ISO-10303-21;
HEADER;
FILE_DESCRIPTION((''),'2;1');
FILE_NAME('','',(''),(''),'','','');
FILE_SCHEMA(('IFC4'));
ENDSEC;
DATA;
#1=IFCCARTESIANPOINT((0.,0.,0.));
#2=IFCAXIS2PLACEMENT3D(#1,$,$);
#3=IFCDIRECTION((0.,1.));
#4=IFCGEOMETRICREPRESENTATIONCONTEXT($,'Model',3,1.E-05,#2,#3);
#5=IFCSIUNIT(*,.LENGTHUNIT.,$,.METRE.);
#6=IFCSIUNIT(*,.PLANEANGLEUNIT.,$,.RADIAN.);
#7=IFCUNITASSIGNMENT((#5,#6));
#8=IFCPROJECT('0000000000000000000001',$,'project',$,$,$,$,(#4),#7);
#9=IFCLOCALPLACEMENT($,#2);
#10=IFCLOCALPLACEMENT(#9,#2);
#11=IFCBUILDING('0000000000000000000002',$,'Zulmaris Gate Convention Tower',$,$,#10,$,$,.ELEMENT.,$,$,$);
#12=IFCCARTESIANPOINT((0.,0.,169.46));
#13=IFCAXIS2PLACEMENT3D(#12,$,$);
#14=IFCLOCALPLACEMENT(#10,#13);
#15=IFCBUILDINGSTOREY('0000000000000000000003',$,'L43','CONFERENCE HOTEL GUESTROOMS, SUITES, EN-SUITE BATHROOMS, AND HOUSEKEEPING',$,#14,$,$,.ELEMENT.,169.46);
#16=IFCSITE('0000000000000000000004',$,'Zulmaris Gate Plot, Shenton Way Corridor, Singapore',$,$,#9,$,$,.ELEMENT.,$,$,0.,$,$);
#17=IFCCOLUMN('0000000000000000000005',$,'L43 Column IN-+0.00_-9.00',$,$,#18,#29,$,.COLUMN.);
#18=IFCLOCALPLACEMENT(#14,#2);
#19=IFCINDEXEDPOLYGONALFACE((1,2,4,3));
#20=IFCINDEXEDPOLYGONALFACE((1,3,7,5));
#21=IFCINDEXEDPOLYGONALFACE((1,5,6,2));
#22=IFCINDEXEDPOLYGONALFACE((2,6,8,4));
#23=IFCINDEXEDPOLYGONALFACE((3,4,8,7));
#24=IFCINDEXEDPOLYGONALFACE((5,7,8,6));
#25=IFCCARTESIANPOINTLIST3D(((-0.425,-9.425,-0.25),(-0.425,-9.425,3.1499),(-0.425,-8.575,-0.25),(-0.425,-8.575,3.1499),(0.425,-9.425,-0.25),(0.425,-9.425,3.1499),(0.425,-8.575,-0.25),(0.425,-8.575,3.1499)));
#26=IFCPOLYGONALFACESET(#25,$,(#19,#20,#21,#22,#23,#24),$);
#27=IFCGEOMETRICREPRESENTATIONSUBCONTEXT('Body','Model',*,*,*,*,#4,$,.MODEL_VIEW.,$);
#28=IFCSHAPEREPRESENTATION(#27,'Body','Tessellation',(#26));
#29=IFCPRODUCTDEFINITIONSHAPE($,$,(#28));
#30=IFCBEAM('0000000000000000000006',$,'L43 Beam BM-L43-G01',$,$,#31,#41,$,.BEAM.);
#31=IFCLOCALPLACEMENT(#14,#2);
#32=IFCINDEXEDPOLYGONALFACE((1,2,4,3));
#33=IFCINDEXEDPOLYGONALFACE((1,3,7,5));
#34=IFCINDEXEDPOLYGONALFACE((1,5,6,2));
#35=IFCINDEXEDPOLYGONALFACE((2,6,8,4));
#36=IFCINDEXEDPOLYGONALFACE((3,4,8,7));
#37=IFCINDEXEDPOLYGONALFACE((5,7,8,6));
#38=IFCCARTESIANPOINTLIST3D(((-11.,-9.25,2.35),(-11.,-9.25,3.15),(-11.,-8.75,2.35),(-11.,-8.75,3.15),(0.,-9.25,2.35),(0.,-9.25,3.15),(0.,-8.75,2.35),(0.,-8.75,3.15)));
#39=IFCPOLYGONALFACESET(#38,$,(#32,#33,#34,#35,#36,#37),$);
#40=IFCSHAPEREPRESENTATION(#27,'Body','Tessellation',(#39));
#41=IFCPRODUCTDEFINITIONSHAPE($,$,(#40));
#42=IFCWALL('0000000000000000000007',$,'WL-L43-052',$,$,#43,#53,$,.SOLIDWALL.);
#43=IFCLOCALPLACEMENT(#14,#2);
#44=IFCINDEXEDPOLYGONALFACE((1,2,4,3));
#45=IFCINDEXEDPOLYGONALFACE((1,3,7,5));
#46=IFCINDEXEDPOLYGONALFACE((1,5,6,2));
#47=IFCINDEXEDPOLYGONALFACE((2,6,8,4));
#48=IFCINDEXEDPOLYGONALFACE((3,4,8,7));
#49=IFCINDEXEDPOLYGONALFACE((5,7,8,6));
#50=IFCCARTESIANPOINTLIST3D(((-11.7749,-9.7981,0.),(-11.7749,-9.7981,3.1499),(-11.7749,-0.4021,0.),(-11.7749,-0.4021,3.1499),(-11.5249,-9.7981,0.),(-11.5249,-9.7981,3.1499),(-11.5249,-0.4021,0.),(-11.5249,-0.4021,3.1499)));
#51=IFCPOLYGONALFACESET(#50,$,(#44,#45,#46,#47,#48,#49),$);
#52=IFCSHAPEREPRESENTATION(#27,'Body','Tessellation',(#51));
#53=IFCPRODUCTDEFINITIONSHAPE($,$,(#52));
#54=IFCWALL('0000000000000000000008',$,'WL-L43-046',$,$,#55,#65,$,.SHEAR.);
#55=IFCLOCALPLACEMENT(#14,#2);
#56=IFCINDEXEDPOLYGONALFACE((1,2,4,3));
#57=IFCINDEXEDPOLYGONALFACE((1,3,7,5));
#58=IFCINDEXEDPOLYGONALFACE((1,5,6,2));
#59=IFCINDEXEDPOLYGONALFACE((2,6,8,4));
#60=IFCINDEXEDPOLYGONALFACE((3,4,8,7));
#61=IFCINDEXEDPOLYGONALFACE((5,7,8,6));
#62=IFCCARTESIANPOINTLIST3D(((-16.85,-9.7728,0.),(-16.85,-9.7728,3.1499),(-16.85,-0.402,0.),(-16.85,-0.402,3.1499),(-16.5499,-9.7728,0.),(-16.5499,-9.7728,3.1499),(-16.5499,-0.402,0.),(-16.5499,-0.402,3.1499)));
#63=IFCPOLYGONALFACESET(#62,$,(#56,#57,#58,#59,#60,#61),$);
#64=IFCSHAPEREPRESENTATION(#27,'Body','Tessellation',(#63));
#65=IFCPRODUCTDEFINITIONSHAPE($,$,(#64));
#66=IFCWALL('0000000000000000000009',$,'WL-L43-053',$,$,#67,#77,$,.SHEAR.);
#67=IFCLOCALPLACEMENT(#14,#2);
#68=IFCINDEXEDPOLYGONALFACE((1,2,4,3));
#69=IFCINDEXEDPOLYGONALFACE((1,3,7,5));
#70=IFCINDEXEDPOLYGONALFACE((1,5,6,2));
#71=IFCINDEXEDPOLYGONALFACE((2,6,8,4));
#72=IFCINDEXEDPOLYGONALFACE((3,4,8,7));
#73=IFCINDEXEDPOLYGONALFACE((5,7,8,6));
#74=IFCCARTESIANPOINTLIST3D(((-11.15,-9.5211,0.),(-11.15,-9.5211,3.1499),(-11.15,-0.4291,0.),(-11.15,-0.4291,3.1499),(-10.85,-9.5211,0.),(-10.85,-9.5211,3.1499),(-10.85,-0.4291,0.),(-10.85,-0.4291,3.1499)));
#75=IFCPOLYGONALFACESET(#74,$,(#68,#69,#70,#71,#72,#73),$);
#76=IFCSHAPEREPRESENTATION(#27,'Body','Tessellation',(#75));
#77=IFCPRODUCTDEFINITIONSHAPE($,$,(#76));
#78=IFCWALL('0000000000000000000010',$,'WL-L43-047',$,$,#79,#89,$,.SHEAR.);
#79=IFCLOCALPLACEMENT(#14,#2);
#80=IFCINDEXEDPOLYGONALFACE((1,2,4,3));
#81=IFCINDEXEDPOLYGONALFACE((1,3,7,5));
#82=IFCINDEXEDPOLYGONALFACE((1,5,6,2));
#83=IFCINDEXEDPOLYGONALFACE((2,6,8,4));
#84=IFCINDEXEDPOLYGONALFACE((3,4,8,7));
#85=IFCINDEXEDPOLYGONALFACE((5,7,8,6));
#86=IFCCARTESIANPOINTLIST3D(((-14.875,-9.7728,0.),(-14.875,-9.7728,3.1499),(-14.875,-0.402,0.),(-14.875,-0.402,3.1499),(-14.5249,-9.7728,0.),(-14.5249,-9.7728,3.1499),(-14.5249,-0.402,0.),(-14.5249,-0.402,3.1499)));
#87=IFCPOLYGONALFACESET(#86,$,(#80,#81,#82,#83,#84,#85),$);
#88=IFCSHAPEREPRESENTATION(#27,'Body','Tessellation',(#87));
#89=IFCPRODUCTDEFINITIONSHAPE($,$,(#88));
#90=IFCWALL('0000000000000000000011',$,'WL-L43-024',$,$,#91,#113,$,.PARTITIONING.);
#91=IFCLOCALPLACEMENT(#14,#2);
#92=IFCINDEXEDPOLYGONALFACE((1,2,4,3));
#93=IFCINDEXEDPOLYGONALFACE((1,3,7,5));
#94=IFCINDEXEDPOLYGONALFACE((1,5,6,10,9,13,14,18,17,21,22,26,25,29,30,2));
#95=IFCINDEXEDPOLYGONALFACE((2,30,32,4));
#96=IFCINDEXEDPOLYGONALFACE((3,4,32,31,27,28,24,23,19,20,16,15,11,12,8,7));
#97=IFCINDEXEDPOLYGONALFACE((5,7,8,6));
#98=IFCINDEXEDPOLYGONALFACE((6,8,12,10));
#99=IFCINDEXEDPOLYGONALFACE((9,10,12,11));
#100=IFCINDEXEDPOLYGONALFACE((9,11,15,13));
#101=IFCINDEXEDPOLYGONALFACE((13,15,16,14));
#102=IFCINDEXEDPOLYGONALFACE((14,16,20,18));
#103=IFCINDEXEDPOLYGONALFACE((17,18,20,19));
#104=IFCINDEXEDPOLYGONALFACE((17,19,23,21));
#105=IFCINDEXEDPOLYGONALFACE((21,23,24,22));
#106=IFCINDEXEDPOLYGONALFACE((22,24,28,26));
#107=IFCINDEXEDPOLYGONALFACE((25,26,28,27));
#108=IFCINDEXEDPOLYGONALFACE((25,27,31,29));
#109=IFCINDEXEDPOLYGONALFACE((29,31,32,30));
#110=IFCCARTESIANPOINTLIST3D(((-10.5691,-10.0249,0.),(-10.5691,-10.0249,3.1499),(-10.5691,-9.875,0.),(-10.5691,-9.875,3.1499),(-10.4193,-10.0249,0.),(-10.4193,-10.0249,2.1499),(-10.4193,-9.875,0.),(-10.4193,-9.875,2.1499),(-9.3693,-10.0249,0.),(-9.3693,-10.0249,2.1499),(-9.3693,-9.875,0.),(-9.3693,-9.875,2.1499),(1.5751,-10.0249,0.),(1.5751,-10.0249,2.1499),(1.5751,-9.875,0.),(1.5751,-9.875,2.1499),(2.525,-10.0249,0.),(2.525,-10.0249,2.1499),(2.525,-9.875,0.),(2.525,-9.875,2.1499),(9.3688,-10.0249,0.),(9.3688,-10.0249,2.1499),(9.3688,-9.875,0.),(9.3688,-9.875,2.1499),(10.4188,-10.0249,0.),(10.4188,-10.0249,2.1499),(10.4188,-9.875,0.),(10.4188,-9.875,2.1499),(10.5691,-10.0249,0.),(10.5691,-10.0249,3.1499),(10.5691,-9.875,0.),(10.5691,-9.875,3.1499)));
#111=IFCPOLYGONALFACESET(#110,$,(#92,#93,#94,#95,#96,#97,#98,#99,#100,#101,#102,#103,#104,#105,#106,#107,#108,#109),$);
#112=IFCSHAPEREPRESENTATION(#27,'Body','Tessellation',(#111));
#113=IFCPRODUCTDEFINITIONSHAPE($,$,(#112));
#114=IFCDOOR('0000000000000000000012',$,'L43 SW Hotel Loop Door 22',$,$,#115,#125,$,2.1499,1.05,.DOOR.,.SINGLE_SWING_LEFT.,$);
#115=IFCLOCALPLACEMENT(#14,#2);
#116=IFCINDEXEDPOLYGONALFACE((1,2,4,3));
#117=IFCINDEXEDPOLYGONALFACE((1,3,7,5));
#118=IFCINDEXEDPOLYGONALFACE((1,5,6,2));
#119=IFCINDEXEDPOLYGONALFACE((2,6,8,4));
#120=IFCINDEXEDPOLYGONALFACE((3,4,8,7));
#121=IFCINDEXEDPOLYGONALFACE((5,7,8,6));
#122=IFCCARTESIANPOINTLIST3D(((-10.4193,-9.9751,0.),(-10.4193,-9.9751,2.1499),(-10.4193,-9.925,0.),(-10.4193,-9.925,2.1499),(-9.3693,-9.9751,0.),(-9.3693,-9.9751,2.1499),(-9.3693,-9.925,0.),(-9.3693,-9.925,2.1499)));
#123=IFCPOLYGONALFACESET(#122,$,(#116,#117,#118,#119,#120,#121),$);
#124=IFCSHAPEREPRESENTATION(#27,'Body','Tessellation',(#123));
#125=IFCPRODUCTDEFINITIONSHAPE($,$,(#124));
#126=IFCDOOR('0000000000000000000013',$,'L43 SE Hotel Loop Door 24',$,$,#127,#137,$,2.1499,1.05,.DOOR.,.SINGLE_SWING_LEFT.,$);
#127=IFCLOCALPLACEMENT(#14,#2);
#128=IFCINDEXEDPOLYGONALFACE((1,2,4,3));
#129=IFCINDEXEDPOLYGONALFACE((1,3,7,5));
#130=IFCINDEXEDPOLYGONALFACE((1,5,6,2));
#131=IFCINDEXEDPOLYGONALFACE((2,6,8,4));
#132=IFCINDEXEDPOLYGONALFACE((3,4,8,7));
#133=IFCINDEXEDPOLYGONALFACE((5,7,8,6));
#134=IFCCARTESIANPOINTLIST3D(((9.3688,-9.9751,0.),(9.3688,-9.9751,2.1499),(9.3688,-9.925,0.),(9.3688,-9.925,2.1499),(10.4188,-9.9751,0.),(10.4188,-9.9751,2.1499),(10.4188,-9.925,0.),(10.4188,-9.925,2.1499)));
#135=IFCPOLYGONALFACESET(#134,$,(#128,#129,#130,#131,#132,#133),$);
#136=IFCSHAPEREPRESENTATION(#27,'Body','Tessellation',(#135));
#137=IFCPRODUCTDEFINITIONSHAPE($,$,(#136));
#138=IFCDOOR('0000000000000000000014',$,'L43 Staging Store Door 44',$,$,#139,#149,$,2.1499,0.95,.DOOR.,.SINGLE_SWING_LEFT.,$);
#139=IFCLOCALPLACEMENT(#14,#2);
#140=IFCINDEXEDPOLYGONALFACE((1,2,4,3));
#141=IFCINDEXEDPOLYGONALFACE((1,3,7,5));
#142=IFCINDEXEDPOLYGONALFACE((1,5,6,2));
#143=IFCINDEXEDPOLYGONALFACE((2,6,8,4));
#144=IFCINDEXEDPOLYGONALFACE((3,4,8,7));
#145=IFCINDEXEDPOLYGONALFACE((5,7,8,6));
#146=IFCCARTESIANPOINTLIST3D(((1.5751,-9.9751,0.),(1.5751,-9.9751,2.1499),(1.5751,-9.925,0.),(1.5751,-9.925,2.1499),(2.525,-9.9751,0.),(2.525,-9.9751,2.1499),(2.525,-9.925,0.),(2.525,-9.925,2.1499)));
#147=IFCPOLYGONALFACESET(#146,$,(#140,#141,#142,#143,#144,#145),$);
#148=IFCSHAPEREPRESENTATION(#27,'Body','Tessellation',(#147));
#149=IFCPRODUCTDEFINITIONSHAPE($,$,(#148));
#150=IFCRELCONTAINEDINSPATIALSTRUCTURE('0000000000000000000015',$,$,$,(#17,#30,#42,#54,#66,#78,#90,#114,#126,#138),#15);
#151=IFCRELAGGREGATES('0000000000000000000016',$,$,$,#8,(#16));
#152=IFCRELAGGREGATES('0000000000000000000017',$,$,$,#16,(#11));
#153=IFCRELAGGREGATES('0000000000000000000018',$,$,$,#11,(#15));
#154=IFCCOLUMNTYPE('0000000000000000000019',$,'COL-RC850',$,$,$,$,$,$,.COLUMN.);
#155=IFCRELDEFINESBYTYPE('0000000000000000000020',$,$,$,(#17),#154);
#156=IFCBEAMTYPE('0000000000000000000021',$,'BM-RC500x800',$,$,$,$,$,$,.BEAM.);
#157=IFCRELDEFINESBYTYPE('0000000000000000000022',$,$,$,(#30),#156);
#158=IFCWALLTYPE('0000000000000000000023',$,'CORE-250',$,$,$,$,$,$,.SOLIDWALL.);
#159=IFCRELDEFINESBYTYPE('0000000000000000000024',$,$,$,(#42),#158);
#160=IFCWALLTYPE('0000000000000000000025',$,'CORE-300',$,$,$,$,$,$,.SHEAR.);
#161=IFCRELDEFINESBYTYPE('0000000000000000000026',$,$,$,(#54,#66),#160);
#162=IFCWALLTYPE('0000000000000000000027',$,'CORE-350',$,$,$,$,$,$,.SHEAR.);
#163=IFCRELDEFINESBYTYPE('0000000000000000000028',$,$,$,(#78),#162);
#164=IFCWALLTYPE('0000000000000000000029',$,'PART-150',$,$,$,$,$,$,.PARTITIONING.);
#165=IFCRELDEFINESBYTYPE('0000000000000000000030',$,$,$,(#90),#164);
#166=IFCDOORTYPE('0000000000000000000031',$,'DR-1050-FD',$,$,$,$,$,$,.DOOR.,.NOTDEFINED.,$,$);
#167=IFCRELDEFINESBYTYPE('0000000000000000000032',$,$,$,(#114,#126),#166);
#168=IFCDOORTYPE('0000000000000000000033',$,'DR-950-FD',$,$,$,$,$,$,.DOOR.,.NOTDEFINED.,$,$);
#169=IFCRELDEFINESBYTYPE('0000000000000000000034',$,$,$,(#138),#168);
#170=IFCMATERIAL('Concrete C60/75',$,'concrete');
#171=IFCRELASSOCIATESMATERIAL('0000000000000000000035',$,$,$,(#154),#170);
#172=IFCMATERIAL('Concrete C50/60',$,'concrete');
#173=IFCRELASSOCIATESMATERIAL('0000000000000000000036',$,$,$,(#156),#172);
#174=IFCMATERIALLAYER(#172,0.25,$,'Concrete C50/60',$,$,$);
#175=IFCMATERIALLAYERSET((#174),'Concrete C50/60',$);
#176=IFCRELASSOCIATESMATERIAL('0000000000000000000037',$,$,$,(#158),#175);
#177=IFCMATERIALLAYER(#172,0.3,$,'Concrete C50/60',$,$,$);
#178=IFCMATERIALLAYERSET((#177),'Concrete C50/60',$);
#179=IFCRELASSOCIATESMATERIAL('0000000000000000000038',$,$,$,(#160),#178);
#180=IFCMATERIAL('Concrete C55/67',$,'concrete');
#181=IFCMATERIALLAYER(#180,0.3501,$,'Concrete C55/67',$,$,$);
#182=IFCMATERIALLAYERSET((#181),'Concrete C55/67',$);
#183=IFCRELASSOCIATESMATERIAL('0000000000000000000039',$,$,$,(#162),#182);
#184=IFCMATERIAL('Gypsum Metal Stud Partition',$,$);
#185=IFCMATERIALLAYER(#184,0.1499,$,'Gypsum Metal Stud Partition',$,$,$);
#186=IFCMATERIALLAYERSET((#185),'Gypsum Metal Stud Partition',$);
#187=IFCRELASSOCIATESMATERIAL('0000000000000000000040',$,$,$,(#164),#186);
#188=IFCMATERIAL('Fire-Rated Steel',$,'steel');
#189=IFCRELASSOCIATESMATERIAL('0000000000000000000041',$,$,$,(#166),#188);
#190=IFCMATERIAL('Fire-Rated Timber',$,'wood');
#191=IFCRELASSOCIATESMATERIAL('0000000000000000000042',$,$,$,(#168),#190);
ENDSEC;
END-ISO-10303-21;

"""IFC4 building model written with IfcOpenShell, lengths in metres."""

from ifc_helpers import new_model, si_unit, direction, frame, frame_2d, origin, origin_2d, place, context, subcontext, project, spatial, rectangle, extrude, material, layer, layer_set, material_profile, profile_set, type_object, element, fill, save


model = new_model("IFC4")

# Units and contexts
model_context = context("Model", 3, precision=1e-05, world=origin(), true_north=direction((0.0, 1.0)))
body_context = subcontext(model_context, "Body", "Model", "MODEL_VIEW")
ifc_project = project(units=[si_unit("LENGTHUNIT", "METRE"), si_unit("PLANEANGLEUNIT", "RADIAN")], contexts=[model_context])

# Site, building, storey
site_placement = place(None, origin())
site = spatial("IfcSite", under=ifc_project, at=site_placement, Name="Zulmaris Gate Plot, Shenton Way Corridor, Singapore", CompositionType="ELEMENT", RefElevation=0.0)
building_placement = place(site_placement, origin())
building = spatial("IfcBuilding", under=site, at=building_placement, Name="Zulmaris Gate Convention Tower", CompositionType="ELEMENT")
storey_placement = place(building_placement, frame((0.0, 0.0, 169.46)))
storey = spatial("IfcBuildingStorey", under=building, at=storey_placement, Name="L43", Description="CONFERENCE HOTEL GUESTROOMS, SUITES, EN-SUITE BATHROOMS, AND HOUSEKEEPING", CompositionType="ELEMENT", Elevation=169.46)

# Column
ifc_material_1 = material(Name="Concrete C60/75", Category="concrete")
ifc_material_profile_1 = material_profile(ifc_material_1, rectangle(XDim=0.8501, YDim=0.8501, at=origin_2d()), Name="RC COL 850x850")
ifc_profile_set_1 = profile_set([ifc_material_profile_1], Name="Concrete C60/75")
column_type = type_object("IfcColumnType", Name="COL-RC850", PredefinedType="COLUMN", material=ifc_profile_set_1)
column_placement = place(storey_placement, frame((0.0, -9.0, -0.25), z_axis=(0.0, 0.0, 1.0), x_axis=(1.0, 0.0, 0.0)))
element("IfcColumn", 1, at=column_placement, inside=storey, type_object=column_type, Name="L43 Column IN-+0.00_-9.00", PredefinedType="COLUMN", context=body_context, shape_type="SweptSolid", body=[
    extrude(rectangle(XDim=0.8501, YDim=0.8501, at=origin_2d()), origin(), (0.0, 0.0, 1.0), 3.3999),
])

# Beam
ifc_material_2 = material(Name="Concrete C50/60", Category="concrete")
ifc_material_profile_2 = material_profile(ifc_material_2, rectangle(XDim=0.5, YDim=0.8, at=origin_2d()), Name="RC BEAM 500x800")
ifc_profile_set_2 = profile_set([ifc_material_profile_2], Name="Concrete C50/60")
beam_type = type_object("IfcBeamType", Name="BM-RC500x800", PredefinedType="BEAM", material=ifc_profile_set_2)
beam_placement = place(storey_placement, frame((-11.0, -9.0, 2.75), z_axis=(1.0, 0.0, 0.0), x_axis=(0.0, 1.0, 0.0)))
element("IfcBeam", 2, at=beam_placement, inside=storey, type_object=beam_type, Name="L43 Beam BM-L43-G01", PredefinedType="BEAM", context=body_context, shape_type="SweptSolid", body=[
    extrude(rectangle(XDim=0.5, YDim=0.8, at=origin_2d()), origin(), (0.0, 0.0, 1.0), 11.0),
])

# Walls
ifc_layer_1 = layer(ifc_material_2, 0.25, Name="Concrete C50/60")
ifc_layer_set_1 = layer_set([ifc_layer_1], Name="Concrete C50/60")
wall_type_1 = type_object("IfcWallType", Name="CORE-250", PredefinedType="SOLIDWALL", material=ifc_layer_set_1)
wall_1_placement = place(storey_placement, frame((-11.6499, -9.7981, 0.0), z_axis=(0.0, 0.0, 1.0), x_axis=(0.0, 1.0, 0.0)))
element("IfcWall", 3, at=wall_1_placement, inside=storey, type_object=wall_type_1, Name="WL-L43-052", PredefinedType="SOLIDWALL", context=body_context, shape_type="SweptSolid", body=[
    extrude(rectangle(XDim=9.396, YDim=0.25, at=frame_2d((4.698, 0.0))), origin(), (0.0, 0.0, 1.0), 3.1499),
])
ifc_layer_2 = layer(ifc_material_2, 0.3, Name="Concrete C50/60")
ifc_layer_set_2 = layer_set([ifc_layer_2], Name="Concrete C50/60")
wall_type_2 = type_object("IfcWallType", Name="CORE-300", PredefinedType="SHEAR", material=ifc_layer_set_2)
wall_2_placement = place(storey_placement, frame((-16.7, -9.7729, 0.0), z_axis=(0.0, 0.0, 1.0), x_axis=(0.0, 1.0, 0.0)))
element("IfcWall", 4, at=wall_2_placement, inside=storey, type_object=wall_type_2, Name="WL-L43-046", PredefinedType="SHEAR", context=body_context, shape_type="SweptSolid", body=[
    extrude(rectangle(XDim=9.3708, YDim=0.3, at=frame_2d((4.6855, 0.0))), origin(), (0.0, 0.0, 1.0), 3.1499),
])
wall_3_placement = place(storey_placement, frame((-11.0, -9.521, 0.0), z_axis=(0.0, 0.0, 1.0), x_axis=(0.0, 1.0, 0.0)))
element("IfcWall", 5, at=wall_3_placement, inside=storey, type_object=wall_type_2, Name="WL-L43-053", PredefinedType="SHEAR", context=body_context, shape_type="SweptSolid", body=[
    extrude(rectangle(XDim=9.092, YDim=0.3, at=frame_2d((4.5459, 0.0))), origin(), (0.0, 0.0, 1.0), 3.1499),
])
ifc_material_3 = material(Name="Concrete C55/67", Category="concrete")
ifc_layer_3 = layer(ifc_material_3, 0.3501, Name="Concrete C55/67")
ifc_layer_set_3 = layer_set([ifc_layer_3], Name="Concrete C55/67")
wall_type_3 = type_object("IfcWallType", Name="CORE-350", PredefinedType="SHEAR", material=ifc_layer_set_3)
wall_4_placement = place(storey_placement, frame((-14.7, -9.7729, 0.0), z_axis=(0.0, 0.0, 1.0), x_axis=(0.0, 1.0, 0.0)))
element("IfcWall", 6, at=wall_4_placement, inside=storey, type_object=wall_type_3, Name="WL-L43-047", PredefinedType="SHEAR", context=body_context, shape_type="SweptSolid", body=[
    extrude(rectangle(XDim=9.3708, YDim=0.3501, at=frame_2d((4.6855, 0.0))), origin(), (0.0, 0.0, 1.0), 3.1499),
])

# Wall, openings, doors
ifc_material_4 = material(Name="Gypsum Metal Stud Partition")
ifc_layer_4 = layer(ifc_material_4, 0.1499, Name="Gypsum Metal Stud Partition")
ifc_layer_set_4 = layer_set([ifc_layer_4], Name="Gypsum Metal Stud Partition")
wall_type_4 = type_object("IfcWallType", Name="PART-150", PredefinedType="PARTITIONING", material=ifc_layer_set_4)
wall_5_placement = place(storey_placement, frame((-10.5691, -9.95, 0.0), z_axis=(0.0, 0.0, 1.0), x_axis=(1.0, 0.0, 0.0)))
wall_5 = element("IfcWall", 7, at=wall_5_placement, inside=storey, type_object=wall_type_4, Name="WL-L43-024", PredefinedType="PARTITIONING", context=body_context, shape_type="SweptSolid", body=[
    extrude(rectangle(XDim=21.1382, YDim=0.1499, at=frame_2d((10.5691, 0.0))), origin(), (0.0, 0.0, 1.0), 3.1499),
])
opening_1_placement = place(wall_5_placement, frame((0.1499, 0.0, 0.0)))
opening_1 = element("IfcOpeningElement", 8, at=opening_1_placement, cuts=wall_5, PredefinedType="OPENING", context=body_context, shape_type="SweptSolid", body=[
    extrude(rectangle(XDim=1.05, YDim=2.1499, at=frame_2d((0.5249, 1.075))), frame((0.0, 0.085, 0.0), z_axis=(0.0, -1.0, 0.0), x_axis=(1.0, 0.0, 0.0)), (0.0, 0.0, 1.0), 0.1699),
])
opening_2_placement = place(wall_5_placement, frame((19.938, 0.0, 0.0)))
opening_2 = element("IfcOpeningElement", 9, at=opening_2_placement, cuts=wall_5, PredefinedType="OPENING", context=body_context, shape_type="SweptSolid", body=[
    extrude(rectangle(XDim=1.05, YDim=2.1499, at=frame_2d((0.5249, 1.075))), frame((0.0, 0.085, 0.0), z_axis=(0.0, -1.0, 0.0), x_axis=(1.0, 0.0, 0.0)), (0.0, 0.0, 1.0), 0.1699),
])
opening_3_placement = place(wall_5_placement, frame((12.144, 0.0, 0.0)))
opening_3 = element("IfcOpeningElement", 10, at=opening_3_placement, cuts=wall_5, PredefinedType="OPENING", context=body_context, shape_type="SweptSolid", body=[
    extrude(rectangle(XDim=0.95, YDim=2.1499, at=frame_2d((0.4751, 1.075))), frame((0.0, 0.085, 0.0), z_axis=(0.0, -1.0, 0.0), x_axis=(1.0, 0.0, 0.0)), (0.0, 0.0, 1.0), 0.1699),
])
ifc_material_5 = material(Name="Fire-Rated Steel", Category="steel")
door_type_1 = type_object("IfcDoorType", Name="DR-1050-FD", OperationType="NOTDEFINED", PredefinedType="DOOR", material=ifc_material_5)
door_1_placement = place(opening_1_placement, origin())
door_1 = element("IfcDoor", 11, at=door_1_placement, inside=storey, type_object=door_type_1, Name="L43 SW Hotel Loop Door 22", OperationType="SINGLE_SWING_LEFT", OverallHeight=2.1499, OverallWidth=1.05, PredefinedType="DOOR", context=body_context, shape_type="SweptSolid", body=[
    extrude(rectangle(XDim=1.05, YDim=2.1499, at=frame_2d((0.5249, 1.075))), frame((0.0, 0.0249, 0.0), z_axis=(0.0, -1.0, 0.0), x_axis=(1.0, 0.0, 0.0)), (0.0, 0.0, 1.0), 0.05),
])
fill(opening_1, door_1)
door_2_placement = place(opening_2_placement, origin())
door_2 = element("IfcDoor", 12, at=door_2_placement, inside=storey, type_object=door_type_1, Name="L43 SE Hotel Loop Door 24", OperationType="SINGLE_SWING_LEFT", OverallHeight=2.1499, OverallWidth=1.05, PredefinedType="DOOR", context=body_context, shape_type="SweptSolid", body=[
    extrude(rectangle(XDim=1.05, YDim=2.1499, at=frame_2d((0.5249, 1.075))), frame((0.0, 0.0249, 0.0), z_axis=(0.0, -1.0, 0.0), x_axis=(1.0, 0.0, 0.0)), (0.0, 0.0, 1.0), 0.05),
])
fill(opening_2, door_2)
ifc_material_6 = material(Name="Fire-Rated Timber", Category="wood")
door_type_2 = type_object("IfcDoorType", Name="DR-950-FD", OperationType="NOTDEFINED", PredefinedType="DOOR", material=ifc_material_6)
door_3_placement = place(opening_3_placement, origin())
door_3 = element("IfcDoor", 13, at=door_3_placement, inside=storey, type_object=door_type_2, Name="L43 Staging Store Door 44", OperationType="SINGLE_SWING_LEFT", OverallHeight=2.1499, OverallWidth=0.95, PredefinedType="DOOR", context=body_context, shape_type="SweptSolid", body=[
    extrude(rectangle(XDim=0.95, YDim=2.1499, at=frame_2d((0.4751, 1.075))), frame((0.0, 0.0249, 0.0), z_axis=(0.0, -1.0, 0.0), x_axis=(1.0, 0.0, 0.0)), (0.0, 0.0, 1.0), 0.05),
])
fill(opening_3, door_3)

save(model, "model.ifc")
